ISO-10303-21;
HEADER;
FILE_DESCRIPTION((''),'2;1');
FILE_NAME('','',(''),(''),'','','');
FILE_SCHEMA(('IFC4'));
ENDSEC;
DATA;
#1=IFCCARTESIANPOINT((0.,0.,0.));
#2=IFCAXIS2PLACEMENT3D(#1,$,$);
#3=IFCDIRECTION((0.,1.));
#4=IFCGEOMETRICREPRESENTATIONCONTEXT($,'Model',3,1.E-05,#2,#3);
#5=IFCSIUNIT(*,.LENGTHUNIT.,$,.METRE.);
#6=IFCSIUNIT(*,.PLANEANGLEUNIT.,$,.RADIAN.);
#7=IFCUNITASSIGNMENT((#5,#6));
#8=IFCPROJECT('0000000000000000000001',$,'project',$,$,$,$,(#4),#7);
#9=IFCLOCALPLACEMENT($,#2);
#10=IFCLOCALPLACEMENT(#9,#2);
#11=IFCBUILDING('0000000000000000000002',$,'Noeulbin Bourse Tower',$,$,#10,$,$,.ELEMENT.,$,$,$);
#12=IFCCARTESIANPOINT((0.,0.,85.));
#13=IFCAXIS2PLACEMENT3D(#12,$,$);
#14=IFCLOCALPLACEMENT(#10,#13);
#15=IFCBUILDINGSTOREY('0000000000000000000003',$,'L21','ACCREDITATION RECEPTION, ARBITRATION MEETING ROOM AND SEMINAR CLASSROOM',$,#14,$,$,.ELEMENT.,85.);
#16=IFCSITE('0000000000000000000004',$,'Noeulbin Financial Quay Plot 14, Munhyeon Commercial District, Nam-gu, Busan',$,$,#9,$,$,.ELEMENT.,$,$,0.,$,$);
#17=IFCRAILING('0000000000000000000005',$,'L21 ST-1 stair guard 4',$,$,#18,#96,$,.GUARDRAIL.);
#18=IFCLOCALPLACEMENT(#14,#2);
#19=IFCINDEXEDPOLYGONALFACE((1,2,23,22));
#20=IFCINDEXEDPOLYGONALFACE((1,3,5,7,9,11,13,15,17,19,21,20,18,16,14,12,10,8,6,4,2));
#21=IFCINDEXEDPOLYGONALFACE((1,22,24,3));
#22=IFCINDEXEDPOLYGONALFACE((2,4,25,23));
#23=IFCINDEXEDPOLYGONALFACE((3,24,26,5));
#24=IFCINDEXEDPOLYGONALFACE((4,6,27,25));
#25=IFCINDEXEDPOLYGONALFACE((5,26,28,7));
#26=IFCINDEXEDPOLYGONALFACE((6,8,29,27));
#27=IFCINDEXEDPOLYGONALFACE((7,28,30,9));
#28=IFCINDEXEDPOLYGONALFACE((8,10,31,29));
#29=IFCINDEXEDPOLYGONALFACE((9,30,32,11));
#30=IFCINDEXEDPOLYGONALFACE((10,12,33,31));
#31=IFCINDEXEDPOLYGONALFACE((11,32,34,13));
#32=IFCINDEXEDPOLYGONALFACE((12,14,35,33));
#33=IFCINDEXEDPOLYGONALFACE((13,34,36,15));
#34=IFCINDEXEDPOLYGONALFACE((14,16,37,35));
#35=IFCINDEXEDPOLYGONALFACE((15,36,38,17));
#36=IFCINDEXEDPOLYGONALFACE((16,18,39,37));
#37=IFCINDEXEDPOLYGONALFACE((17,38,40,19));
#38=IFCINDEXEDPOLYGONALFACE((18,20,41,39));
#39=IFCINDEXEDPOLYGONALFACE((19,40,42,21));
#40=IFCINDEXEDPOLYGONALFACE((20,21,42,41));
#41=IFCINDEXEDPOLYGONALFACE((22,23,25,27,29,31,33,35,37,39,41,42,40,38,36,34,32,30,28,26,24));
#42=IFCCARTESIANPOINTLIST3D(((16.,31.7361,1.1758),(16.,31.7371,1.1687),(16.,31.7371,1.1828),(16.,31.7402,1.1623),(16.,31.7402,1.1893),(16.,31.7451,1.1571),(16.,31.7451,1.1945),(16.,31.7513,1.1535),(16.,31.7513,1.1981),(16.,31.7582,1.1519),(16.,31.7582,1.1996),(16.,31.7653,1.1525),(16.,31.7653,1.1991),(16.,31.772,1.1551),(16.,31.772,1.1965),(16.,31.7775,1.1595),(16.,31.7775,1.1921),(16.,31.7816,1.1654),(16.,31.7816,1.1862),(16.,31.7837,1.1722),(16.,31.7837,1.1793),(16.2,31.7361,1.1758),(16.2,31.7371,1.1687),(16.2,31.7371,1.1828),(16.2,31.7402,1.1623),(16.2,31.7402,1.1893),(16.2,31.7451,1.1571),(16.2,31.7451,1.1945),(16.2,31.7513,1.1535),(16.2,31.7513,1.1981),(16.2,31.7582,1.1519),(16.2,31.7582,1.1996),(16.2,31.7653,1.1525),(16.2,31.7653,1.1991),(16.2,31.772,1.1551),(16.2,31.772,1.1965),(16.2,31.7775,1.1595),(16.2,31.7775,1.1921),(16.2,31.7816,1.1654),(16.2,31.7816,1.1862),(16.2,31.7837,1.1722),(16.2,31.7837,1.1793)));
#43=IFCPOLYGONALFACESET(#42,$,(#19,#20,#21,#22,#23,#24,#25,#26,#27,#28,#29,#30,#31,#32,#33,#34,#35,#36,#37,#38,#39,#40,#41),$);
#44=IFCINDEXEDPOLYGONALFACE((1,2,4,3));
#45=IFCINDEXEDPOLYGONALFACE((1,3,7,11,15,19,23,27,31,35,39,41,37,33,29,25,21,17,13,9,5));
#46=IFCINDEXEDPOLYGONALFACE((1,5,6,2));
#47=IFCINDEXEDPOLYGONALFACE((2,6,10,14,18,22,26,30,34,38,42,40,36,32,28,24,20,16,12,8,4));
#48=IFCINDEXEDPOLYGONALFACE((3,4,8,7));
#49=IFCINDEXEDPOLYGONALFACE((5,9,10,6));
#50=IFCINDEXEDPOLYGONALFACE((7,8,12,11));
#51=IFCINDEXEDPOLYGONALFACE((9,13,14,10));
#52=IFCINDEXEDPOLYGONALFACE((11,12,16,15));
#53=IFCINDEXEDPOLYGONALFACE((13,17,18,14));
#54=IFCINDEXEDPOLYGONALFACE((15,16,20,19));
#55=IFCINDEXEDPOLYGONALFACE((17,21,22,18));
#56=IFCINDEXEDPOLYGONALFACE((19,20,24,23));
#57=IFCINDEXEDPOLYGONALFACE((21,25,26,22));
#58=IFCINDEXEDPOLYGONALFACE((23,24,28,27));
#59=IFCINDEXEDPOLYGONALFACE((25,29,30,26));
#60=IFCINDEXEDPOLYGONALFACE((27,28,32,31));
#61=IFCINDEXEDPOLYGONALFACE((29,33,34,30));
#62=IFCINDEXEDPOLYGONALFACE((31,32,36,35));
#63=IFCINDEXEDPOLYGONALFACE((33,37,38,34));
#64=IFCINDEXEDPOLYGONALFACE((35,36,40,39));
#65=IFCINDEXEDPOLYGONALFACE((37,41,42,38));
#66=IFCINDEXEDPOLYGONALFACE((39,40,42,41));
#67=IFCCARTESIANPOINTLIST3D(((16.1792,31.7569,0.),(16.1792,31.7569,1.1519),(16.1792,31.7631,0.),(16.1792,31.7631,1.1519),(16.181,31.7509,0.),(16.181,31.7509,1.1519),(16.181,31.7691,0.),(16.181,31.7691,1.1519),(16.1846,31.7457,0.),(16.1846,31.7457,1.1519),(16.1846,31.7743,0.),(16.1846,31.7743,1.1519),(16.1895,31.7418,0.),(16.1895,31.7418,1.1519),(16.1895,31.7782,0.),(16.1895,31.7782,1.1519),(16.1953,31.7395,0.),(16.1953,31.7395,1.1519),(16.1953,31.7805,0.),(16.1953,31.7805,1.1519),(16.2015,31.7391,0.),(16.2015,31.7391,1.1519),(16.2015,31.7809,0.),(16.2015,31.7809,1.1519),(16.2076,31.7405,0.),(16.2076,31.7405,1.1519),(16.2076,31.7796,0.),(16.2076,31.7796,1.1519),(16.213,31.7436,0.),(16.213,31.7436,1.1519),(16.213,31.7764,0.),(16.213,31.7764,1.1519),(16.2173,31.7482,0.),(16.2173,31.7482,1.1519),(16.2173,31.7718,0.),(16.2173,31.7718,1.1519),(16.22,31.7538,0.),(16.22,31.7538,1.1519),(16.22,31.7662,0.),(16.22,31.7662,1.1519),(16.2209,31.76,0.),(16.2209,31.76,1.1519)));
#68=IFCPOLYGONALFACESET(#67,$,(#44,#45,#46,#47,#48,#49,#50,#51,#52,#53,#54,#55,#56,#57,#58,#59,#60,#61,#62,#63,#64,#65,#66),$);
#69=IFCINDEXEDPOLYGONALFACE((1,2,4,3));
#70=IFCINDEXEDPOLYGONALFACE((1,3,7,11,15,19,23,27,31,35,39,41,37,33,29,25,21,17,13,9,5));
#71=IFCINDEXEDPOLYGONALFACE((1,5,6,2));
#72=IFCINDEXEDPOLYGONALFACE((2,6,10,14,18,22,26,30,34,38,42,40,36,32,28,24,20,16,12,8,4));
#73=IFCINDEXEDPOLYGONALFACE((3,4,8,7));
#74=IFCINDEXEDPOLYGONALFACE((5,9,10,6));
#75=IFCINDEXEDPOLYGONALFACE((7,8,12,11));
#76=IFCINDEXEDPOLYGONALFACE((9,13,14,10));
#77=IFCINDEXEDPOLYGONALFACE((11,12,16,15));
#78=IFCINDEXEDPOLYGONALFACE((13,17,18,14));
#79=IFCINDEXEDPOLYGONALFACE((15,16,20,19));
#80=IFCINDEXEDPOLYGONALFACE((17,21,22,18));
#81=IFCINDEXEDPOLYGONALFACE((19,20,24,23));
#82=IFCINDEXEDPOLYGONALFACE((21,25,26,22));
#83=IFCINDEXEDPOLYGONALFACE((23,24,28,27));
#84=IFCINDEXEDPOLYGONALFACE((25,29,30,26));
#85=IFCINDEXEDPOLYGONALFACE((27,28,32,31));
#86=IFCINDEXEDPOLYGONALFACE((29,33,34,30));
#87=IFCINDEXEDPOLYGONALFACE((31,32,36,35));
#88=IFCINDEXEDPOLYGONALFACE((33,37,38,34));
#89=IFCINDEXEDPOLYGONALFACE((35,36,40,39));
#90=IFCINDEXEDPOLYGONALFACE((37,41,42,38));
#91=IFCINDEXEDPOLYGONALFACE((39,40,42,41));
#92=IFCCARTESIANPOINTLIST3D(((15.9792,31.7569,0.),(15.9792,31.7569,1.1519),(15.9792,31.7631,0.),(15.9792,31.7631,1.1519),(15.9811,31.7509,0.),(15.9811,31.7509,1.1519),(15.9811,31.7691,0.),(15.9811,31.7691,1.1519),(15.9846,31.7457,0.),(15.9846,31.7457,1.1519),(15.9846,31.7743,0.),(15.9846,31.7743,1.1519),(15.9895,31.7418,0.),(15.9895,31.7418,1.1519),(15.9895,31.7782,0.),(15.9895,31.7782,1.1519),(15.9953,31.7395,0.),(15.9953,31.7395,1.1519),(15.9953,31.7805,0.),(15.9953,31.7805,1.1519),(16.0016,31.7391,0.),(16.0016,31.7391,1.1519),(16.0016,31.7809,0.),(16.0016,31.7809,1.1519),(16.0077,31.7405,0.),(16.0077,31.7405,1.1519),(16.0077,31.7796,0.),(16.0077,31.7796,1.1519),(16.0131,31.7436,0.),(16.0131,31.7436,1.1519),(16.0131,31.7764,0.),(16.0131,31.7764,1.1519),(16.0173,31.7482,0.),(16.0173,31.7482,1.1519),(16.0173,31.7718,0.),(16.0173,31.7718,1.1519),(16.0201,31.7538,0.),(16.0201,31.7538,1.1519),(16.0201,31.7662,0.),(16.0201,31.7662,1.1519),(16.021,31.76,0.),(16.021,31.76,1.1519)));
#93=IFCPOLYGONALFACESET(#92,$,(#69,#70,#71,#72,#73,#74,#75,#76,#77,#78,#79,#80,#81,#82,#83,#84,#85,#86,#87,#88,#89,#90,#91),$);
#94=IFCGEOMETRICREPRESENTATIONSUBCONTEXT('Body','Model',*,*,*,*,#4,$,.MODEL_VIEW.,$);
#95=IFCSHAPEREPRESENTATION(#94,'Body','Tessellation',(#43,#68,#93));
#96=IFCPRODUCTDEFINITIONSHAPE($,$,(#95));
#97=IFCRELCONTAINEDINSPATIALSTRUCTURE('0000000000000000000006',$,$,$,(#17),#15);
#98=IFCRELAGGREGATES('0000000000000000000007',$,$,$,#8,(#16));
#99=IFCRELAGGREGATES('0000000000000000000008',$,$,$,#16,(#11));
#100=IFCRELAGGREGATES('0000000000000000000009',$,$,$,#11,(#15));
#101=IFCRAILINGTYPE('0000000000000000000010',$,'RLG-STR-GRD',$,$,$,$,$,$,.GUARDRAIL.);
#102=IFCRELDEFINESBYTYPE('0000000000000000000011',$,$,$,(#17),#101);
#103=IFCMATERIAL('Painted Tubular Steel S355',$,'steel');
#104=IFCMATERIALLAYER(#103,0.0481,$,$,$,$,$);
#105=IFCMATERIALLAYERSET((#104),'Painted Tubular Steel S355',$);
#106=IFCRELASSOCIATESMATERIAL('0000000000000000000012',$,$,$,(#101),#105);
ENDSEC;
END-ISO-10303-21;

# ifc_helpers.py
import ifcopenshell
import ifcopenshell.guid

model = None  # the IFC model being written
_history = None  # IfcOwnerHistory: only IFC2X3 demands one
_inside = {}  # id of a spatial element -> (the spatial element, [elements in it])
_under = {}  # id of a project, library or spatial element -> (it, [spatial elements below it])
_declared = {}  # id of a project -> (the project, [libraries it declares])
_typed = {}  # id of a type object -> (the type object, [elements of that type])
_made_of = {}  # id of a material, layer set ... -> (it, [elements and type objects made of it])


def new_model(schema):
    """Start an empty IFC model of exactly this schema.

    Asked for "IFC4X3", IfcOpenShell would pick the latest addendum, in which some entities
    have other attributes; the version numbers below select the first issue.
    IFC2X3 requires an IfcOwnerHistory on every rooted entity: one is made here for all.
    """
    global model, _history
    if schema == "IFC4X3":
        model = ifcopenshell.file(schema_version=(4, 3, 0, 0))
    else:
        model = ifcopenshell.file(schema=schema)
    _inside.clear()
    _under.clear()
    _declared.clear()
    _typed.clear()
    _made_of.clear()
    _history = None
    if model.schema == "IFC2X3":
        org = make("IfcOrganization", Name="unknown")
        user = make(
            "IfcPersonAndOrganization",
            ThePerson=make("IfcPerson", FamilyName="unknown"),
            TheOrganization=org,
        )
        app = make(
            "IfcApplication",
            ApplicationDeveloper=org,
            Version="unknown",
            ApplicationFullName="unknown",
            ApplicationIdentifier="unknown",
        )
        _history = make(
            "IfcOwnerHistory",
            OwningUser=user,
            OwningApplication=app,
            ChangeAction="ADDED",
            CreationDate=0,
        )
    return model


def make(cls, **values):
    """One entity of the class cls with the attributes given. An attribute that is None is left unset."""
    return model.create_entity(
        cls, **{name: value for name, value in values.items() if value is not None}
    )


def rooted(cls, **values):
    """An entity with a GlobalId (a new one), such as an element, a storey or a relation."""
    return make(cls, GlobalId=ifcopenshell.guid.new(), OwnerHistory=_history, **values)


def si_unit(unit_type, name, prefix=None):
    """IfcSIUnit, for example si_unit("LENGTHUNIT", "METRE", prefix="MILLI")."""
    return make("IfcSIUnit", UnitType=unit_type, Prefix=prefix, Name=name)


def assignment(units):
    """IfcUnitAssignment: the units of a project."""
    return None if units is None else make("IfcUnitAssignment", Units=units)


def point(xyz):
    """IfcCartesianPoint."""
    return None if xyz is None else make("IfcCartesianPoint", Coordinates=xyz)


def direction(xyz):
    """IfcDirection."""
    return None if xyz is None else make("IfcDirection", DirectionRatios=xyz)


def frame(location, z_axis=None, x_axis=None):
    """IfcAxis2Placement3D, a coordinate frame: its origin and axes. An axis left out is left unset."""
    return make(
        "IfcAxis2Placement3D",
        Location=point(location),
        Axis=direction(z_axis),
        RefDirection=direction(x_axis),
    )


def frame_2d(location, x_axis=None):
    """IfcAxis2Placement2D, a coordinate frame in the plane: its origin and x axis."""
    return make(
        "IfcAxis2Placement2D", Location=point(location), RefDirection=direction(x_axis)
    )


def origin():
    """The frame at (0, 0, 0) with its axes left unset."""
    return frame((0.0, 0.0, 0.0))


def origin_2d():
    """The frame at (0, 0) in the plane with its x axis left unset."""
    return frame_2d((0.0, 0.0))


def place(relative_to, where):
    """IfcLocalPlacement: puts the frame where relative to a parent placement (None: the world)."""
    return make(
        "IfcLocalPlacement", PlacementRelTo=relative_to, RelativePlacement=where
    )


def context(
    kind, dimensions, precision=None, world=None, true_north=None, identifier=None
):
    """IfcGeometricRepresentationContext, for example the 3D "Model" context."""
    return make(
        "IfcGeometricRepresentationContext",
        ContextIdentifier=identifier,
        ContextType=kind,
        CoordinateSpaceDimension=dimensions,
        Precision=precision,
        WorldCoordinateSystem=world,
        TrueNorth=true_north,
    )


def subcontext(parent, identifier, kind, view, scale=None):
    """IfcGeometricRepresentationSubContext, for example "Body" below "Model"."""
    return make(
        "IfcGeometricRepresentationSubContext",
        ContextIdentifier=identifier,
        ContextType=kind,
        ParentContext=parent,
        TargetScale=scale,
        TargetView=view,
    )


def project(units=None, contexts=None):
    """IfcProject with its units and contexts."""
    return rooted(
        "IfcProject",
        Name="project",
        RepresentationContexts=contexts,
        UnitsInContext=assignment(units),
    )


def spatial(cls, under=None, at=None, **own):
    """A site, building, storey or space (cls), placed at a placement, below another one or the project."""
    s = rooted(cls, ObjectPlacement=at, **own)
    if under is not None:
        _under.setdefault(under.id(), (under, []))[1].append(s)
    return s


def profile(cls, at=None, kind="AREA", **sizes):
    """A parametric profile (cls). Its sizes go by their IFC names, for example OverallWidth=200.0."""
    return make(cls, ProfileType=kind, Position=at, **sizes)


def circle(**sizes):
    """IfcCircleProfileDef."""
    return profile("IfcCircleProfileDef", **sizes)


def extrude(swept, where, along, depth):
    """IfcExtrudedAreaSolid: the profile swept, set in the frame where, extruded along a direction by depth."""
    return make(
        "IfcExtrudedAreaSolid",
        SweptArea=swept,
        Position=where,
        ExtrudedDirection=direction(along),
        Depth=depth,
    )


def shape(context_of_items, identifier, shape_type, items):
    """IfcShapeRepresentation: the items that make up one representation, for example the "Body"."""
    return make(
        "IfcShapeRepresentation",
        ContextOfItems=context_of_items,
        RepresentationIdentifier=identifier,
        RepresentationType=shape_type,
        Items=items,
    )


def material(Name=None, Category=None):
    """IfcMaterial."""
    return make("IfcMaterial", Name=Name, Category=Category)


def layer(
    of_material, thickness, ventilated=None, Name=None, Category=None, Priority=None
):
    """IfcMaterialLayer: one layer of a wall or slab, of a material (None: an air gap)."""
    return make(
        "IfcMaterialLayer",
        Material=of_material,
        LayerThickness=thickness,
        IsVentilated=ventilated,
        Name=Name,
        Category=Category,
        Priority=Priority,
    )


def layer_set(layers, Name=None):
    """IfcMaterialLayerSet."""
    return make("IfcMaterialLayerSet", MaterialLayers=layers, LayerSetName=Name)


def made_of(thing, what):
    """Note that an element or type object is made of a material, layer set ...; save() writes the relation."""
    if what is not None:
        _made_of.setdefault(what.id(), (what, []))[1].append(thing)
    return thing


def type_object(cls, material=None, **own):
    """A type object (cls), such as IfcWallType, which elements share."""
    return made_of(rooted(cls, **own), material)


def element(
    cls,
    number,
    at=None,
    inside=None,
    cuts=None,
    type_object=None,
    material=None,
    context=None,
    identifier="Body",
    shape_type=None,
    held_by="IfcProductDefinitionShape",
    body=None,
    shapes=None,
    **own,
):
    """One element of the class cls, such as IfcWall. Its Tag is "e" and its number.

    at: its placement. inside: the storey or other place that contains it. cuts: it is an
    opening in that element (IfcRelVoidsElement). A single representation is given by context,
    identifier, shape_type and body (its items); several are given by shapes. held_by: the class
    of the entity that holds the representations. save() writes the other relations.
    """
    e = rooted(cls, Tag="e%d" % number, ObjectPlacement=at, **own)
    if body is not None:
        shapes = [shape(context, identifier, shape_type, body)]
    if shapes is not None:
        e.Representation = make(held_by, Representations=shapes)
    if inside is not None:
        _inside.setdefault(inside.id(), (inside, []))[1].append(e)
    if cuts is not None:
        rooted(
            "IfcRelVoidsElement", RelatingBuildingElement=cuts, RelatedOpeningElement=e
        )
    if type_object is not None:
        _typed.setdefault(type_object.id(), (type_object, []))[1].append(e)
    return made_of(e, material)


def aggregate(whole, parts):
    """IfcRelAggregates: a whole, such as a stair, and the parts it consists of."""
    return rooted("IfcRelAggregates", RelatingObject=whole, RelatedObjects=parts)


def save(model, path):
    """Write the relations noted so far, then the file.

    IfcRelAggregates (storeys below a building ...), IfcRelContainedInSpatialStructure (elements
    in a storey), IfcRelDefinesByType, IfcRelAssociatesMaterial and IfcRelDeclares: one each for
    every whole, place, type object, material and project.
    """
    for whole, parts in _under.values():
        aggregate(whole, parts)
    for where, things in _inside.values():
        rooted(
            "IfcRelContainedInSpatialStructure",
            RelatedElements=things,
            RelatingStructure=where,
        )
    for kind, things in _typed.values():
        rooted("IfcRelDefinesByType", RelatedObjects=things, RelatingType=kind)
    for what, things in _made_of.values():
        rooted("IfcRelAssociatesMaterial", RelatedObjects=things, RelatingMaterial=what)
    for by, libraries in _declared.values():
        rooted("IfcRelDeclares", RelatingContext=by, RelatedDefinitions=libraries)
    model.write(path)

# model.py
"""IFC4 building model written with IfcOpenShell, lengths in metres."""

from ifc_helpers import new_model, si_unit, direction, frame, origin, origin_2d, place, context, subcontext, project, spatial, circle, extrude, material, layer, layer_set, type_object, element, save


model = new_model("IFC4")

# Units and contexts
model_context = context("Model", 3, precision=1e-05, world=origin(), true_north=direction((0.0, 1.0)))
body_context = subcontext(model_context, "Body", "Model", "MODEL_VIEW")
ifc_project = project(units=[si_unit("LENGTHUNIT", "METRE"), si_unit("PLANEANGLEUNIT", "RADIAN")], contexts=[model_context])

# Site, building, storey
site_placement = place(None, origin())
site = spatial("IfcSite", under=ifc_project, at=site_placement, Name="Noeulbin Financial Quay Plot 14, Munhyeon Commercial District, Nam-gu, Busan", CompositionType="ELEMENT", RefElevation=0.0)
building_placement = place(site_placement, origin())
building = spatial("IfcBuilding", under=site, at=building_placement, Name="Noeulbin Bourse Tower", CompositionType="ELEMENT")
storey_placement = place(building_placement, frame((0.0, 0.0, 85.0)))
storey = spatial("IfcBuildingStorey", under=building, at=storey_placement, Name="L21", Description="ACCREDITATION RECEPTION, ARBITRATION MEETING ROOM AND SEMINAR CLASSROOM", CompositionType="ELEMENT", Elevation=85.0)

# Railing
ifc_material_1 = material(Name="Painted Tubular Steel S355", Category="steel")
ifc_layer_1 = layer(ifc_material_1, 0.0481)
ifc_layer_set_1 = layer_set([ifc_layer_1], Name="Painted Tubular Steel S355")
railing_type_1 = type_object("IfcRailingType", Name="RLG-STR-GRD", PredefinedType="GUARDRAIL", material=ifc_layer_set_1)
railing_1_placement = place(storey_placement, frame((16.2, 31.76, 0.0)))
element("IfcRailing", 1, at=railing_1_placement, inside=storey, type_object=railing_type_1, Name="L21 ST-1 stair guard 4", PredefinedType="GUARDRAIL", context=body_context, shape_type="SweptSolid", body=[
    extrude(circle(Radius=0.0239, at=origin_2d()), frame((0.0, 0.0, 1.1758), z_axis=(-1.0, 0.0, 0.0), x_axis=(0.0, -1.0, 0.0)), (0.0, 0.0, 1.0), 0.2),
    extrude(circle(Radius=0.021, at=origin_2d()), origin(), (0.0, 0.0, 1.0), 1.1519),
    extrude(circle(Radius=0.021, at=origin_2d()), frame((-0.2, 0.0, 0.0)), (0.0, 0.0, 1.0), 1.1519),
])

save(model, "model.ifc")
